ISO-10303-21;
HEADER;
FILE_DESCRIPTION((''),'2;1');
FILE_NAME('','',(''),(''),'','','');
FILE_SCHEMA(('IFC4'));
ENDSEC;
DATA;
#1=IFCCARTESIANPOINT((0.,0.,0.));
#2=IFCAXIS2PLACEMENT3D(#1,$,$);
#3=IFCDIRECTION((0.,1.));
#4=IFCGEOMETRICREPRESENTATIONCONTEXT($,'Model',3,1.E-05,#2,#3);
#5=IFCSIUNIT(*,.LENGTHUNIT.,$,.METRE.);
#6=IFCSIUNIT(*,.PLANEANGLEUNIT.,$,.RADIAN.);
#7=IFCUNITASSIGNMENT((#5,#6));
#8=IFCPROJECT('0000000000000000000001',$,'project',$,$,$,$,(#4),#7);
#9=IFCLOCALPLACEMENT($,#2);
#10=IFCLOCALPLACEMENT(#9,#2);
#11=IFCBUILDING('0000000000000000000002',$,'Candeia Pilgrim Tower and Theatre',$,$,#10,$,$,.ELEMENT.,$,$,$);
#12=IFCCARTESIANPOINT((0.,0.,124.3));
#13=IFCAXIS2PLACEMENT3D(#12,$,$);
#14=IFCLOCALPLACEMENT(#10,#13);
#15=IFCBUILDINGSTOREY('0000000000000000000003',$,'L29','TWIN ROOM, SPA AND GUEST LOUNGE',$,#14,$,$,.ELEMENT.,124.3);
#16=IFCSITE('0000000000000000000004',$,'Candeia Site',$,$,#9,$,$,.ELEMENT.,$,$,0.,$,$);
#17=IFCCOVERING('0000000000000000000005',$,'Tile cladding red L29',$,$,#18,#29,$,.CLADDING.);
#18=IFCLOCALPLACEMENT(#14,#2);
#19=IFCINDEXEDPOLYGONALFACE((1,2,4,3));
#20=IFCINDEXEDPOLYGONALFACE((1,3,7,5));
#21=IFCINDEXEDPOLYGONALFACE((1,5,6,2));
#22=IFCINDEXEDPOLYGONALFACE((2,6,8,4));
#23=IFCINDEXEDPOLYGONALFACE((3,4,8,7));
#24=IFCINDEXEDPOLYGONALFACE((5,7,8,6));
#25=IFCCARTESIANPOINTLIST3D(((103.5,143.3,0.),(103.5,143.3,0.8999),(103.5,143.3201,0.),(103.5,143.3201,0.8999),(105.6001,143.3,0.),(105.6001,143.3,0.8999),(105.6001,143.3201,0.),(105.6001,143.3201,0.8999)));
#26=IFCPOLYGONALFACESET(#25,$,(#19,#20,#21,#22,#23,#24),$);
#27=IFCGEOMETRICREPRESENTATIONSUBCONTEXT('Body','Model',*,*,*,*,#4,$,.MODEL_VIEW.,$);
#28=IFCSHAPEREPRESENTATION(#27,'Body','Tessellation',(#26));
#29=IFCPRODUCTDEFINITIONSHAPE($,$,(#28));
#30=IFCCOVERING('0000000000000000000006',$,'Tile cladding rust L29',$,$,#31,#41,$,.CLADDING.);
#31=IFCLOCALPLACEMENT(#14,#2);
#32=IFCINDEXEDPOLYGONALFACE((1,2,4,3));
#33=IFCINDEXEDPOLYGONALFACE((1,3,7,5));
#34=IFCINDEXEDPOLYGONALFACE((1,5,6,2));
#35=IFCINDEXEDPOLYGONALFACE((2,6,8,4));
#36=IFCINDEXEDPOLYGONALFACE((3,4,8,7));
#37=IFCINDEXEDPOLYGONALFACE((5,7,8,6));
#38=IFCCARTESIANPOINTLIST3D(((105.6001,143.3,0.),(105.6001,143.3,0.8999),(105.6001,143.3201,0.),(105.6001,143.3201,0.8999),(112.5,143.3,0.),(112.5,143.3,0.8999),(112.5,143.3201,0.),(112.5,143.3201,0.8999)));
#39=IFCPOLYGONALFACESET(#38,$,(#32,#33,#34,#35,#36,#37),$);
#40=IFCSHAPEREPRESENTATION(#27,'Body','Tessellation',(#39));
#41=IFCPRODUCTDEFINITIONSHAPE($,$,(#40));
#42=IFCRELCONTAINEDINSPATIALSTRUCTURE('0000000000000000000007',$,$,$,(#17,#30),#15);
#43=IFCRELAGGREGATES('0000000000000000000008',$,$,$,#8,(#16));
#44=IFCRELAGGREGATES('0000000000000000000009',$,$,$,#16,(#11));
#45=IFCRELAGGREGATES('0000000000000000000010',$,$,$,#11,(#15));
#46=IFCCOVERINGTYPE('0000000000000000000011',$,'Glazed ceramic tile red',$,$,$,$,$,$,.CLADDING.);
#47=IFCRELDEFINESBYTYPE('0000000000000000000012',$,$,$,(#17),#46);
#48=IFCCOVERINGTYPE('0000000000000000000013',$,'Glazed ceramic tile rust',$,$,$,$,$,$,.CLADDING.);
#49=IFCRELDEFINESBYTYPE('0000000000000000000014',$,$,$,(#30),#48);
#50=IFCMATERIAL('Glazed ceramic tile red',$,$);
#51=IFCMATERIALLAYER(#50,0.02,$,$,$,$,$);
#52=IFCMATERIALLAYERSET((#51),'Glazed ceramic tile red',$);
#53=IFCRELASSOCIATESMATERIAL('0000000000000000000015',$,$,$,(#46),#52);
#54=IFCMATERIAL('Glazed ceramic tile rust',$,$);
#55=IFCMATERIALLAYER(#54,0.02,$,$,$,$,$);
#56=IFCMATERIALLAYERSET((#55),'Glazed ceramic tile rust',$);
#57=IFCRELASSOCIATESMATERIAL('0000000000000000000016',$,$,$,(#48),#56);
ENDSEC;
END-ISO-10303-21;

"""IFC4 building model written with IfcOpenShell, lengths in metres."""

from ifc_helpers import new_model, si_unit, direction, frame, origin, origin_2d, place, context, subcontext, project, spatial, rectangle, extrude, material, layer, layer_set, type_object, element, save


model = new_model("IFC4")

# Units and contexts
model_context = context("Model", 3, precision=1e-05, world=origin(), true_north=direction((0.0, 1.0)))
body_context = subcontext(model_context, "Body", "Model", "MODEL_VIEW")
ifc_project = project(units=[si_unit("LENGTHUNIT", "METRE"), si_unit("PLANEANGLEUNIT", "RADIAN")], contexts=[model_context])

# Site, building, storey
site_placement = place(None, origin())
site = spatial("IfcSite", under=ifc_project, at=site_placement, Name="Candeia Site", CompositionType="ELEMENT", RefElevation=0.0)
building_placement = place(site_placement, origin())
building = spatial("IfcBuilding", under=site, at=building_placement, Name="Candeia Pilgrim Tower and Theatre", CompositionType="ELEMENT")
storey_placement = place(building_placement, frame((0.0, 0.0, 124.3)))
storey = spatial("IfcBuildingStorey", under=building, at=storey_placement, Name="L29", Description="TWIN ROOM, SPA AND GUEST LOUNGE", CompositionType="ELEMENT", Elevation=124.3)

# Coverings
ifc_material_1 = material(Name="Glazed ceramic tile red")
ifc_layer_1 = layer(ifc_material_1, 0.02)
ifc_layer_set_1 = layer_set([ifc_layer_1], Name="Glazed ceramic tile red")
covering_type_1 = type_object("IfcCoveringType", Name="Glazed ceramic tile red", PredefinedType="CLADDING", material=ifc_layer_set_1)
covering_1_placement = place(storey_placement, frame((104.55, 143.3101, 0.0), z_axis=(0.0, 0.0, 1.0), x_axis=(-1.0, 0.0, 0.0)))
element("IfcCovering", 1, at=covering_1_placement, inside=storey, type_object=covering_type_1, Name="Tile cladding red L29", PredefinedType="CLADDING", context=body_context, shape_type="SweptSolid", body=[
    extrude(rectangle(XDim=2.1001, YDim=0.02, at=origin_2d()), origin(), (0.0, 0.0, 1.0), 0.8999),
])
ifc_material_2 = material(Name="Glazed ceramic tile rust")
ifc_layer_2 = layer(ifc_material_2, 0.02)
ifc_layer_set_2 = layer_set([ifc_layer_2], Name="Glazed ceramic tile rust")
covering_type_2 = type_object("IfcCoveringType", Name="Glazed ceramic tile rust", PredefinedType="CLADDING", material=ifc_layer_set_2)
covering_2_placement = place(storey_placement, frame((109.05, 143.3101, 0.0), z_axis=(0.0, 0.0, 1.0), x_axis=(-1.0, 0.0, 0.0)))
element("IfcCovering", 2, at=covering_2_placement, inside=storey, type_object=covering_type_2, Name="Tile cladding rust L29", PredefinedType="CLADDING", context=body_context, shape_type="SweptSolid", body=[
    extrude(rectangle(XDim=6.8999, YDim=0.02, at=origin_2d()), origin(), (0.0, 0.0, 1.0), 0.8999),
])

save(model, "model.ifc")
